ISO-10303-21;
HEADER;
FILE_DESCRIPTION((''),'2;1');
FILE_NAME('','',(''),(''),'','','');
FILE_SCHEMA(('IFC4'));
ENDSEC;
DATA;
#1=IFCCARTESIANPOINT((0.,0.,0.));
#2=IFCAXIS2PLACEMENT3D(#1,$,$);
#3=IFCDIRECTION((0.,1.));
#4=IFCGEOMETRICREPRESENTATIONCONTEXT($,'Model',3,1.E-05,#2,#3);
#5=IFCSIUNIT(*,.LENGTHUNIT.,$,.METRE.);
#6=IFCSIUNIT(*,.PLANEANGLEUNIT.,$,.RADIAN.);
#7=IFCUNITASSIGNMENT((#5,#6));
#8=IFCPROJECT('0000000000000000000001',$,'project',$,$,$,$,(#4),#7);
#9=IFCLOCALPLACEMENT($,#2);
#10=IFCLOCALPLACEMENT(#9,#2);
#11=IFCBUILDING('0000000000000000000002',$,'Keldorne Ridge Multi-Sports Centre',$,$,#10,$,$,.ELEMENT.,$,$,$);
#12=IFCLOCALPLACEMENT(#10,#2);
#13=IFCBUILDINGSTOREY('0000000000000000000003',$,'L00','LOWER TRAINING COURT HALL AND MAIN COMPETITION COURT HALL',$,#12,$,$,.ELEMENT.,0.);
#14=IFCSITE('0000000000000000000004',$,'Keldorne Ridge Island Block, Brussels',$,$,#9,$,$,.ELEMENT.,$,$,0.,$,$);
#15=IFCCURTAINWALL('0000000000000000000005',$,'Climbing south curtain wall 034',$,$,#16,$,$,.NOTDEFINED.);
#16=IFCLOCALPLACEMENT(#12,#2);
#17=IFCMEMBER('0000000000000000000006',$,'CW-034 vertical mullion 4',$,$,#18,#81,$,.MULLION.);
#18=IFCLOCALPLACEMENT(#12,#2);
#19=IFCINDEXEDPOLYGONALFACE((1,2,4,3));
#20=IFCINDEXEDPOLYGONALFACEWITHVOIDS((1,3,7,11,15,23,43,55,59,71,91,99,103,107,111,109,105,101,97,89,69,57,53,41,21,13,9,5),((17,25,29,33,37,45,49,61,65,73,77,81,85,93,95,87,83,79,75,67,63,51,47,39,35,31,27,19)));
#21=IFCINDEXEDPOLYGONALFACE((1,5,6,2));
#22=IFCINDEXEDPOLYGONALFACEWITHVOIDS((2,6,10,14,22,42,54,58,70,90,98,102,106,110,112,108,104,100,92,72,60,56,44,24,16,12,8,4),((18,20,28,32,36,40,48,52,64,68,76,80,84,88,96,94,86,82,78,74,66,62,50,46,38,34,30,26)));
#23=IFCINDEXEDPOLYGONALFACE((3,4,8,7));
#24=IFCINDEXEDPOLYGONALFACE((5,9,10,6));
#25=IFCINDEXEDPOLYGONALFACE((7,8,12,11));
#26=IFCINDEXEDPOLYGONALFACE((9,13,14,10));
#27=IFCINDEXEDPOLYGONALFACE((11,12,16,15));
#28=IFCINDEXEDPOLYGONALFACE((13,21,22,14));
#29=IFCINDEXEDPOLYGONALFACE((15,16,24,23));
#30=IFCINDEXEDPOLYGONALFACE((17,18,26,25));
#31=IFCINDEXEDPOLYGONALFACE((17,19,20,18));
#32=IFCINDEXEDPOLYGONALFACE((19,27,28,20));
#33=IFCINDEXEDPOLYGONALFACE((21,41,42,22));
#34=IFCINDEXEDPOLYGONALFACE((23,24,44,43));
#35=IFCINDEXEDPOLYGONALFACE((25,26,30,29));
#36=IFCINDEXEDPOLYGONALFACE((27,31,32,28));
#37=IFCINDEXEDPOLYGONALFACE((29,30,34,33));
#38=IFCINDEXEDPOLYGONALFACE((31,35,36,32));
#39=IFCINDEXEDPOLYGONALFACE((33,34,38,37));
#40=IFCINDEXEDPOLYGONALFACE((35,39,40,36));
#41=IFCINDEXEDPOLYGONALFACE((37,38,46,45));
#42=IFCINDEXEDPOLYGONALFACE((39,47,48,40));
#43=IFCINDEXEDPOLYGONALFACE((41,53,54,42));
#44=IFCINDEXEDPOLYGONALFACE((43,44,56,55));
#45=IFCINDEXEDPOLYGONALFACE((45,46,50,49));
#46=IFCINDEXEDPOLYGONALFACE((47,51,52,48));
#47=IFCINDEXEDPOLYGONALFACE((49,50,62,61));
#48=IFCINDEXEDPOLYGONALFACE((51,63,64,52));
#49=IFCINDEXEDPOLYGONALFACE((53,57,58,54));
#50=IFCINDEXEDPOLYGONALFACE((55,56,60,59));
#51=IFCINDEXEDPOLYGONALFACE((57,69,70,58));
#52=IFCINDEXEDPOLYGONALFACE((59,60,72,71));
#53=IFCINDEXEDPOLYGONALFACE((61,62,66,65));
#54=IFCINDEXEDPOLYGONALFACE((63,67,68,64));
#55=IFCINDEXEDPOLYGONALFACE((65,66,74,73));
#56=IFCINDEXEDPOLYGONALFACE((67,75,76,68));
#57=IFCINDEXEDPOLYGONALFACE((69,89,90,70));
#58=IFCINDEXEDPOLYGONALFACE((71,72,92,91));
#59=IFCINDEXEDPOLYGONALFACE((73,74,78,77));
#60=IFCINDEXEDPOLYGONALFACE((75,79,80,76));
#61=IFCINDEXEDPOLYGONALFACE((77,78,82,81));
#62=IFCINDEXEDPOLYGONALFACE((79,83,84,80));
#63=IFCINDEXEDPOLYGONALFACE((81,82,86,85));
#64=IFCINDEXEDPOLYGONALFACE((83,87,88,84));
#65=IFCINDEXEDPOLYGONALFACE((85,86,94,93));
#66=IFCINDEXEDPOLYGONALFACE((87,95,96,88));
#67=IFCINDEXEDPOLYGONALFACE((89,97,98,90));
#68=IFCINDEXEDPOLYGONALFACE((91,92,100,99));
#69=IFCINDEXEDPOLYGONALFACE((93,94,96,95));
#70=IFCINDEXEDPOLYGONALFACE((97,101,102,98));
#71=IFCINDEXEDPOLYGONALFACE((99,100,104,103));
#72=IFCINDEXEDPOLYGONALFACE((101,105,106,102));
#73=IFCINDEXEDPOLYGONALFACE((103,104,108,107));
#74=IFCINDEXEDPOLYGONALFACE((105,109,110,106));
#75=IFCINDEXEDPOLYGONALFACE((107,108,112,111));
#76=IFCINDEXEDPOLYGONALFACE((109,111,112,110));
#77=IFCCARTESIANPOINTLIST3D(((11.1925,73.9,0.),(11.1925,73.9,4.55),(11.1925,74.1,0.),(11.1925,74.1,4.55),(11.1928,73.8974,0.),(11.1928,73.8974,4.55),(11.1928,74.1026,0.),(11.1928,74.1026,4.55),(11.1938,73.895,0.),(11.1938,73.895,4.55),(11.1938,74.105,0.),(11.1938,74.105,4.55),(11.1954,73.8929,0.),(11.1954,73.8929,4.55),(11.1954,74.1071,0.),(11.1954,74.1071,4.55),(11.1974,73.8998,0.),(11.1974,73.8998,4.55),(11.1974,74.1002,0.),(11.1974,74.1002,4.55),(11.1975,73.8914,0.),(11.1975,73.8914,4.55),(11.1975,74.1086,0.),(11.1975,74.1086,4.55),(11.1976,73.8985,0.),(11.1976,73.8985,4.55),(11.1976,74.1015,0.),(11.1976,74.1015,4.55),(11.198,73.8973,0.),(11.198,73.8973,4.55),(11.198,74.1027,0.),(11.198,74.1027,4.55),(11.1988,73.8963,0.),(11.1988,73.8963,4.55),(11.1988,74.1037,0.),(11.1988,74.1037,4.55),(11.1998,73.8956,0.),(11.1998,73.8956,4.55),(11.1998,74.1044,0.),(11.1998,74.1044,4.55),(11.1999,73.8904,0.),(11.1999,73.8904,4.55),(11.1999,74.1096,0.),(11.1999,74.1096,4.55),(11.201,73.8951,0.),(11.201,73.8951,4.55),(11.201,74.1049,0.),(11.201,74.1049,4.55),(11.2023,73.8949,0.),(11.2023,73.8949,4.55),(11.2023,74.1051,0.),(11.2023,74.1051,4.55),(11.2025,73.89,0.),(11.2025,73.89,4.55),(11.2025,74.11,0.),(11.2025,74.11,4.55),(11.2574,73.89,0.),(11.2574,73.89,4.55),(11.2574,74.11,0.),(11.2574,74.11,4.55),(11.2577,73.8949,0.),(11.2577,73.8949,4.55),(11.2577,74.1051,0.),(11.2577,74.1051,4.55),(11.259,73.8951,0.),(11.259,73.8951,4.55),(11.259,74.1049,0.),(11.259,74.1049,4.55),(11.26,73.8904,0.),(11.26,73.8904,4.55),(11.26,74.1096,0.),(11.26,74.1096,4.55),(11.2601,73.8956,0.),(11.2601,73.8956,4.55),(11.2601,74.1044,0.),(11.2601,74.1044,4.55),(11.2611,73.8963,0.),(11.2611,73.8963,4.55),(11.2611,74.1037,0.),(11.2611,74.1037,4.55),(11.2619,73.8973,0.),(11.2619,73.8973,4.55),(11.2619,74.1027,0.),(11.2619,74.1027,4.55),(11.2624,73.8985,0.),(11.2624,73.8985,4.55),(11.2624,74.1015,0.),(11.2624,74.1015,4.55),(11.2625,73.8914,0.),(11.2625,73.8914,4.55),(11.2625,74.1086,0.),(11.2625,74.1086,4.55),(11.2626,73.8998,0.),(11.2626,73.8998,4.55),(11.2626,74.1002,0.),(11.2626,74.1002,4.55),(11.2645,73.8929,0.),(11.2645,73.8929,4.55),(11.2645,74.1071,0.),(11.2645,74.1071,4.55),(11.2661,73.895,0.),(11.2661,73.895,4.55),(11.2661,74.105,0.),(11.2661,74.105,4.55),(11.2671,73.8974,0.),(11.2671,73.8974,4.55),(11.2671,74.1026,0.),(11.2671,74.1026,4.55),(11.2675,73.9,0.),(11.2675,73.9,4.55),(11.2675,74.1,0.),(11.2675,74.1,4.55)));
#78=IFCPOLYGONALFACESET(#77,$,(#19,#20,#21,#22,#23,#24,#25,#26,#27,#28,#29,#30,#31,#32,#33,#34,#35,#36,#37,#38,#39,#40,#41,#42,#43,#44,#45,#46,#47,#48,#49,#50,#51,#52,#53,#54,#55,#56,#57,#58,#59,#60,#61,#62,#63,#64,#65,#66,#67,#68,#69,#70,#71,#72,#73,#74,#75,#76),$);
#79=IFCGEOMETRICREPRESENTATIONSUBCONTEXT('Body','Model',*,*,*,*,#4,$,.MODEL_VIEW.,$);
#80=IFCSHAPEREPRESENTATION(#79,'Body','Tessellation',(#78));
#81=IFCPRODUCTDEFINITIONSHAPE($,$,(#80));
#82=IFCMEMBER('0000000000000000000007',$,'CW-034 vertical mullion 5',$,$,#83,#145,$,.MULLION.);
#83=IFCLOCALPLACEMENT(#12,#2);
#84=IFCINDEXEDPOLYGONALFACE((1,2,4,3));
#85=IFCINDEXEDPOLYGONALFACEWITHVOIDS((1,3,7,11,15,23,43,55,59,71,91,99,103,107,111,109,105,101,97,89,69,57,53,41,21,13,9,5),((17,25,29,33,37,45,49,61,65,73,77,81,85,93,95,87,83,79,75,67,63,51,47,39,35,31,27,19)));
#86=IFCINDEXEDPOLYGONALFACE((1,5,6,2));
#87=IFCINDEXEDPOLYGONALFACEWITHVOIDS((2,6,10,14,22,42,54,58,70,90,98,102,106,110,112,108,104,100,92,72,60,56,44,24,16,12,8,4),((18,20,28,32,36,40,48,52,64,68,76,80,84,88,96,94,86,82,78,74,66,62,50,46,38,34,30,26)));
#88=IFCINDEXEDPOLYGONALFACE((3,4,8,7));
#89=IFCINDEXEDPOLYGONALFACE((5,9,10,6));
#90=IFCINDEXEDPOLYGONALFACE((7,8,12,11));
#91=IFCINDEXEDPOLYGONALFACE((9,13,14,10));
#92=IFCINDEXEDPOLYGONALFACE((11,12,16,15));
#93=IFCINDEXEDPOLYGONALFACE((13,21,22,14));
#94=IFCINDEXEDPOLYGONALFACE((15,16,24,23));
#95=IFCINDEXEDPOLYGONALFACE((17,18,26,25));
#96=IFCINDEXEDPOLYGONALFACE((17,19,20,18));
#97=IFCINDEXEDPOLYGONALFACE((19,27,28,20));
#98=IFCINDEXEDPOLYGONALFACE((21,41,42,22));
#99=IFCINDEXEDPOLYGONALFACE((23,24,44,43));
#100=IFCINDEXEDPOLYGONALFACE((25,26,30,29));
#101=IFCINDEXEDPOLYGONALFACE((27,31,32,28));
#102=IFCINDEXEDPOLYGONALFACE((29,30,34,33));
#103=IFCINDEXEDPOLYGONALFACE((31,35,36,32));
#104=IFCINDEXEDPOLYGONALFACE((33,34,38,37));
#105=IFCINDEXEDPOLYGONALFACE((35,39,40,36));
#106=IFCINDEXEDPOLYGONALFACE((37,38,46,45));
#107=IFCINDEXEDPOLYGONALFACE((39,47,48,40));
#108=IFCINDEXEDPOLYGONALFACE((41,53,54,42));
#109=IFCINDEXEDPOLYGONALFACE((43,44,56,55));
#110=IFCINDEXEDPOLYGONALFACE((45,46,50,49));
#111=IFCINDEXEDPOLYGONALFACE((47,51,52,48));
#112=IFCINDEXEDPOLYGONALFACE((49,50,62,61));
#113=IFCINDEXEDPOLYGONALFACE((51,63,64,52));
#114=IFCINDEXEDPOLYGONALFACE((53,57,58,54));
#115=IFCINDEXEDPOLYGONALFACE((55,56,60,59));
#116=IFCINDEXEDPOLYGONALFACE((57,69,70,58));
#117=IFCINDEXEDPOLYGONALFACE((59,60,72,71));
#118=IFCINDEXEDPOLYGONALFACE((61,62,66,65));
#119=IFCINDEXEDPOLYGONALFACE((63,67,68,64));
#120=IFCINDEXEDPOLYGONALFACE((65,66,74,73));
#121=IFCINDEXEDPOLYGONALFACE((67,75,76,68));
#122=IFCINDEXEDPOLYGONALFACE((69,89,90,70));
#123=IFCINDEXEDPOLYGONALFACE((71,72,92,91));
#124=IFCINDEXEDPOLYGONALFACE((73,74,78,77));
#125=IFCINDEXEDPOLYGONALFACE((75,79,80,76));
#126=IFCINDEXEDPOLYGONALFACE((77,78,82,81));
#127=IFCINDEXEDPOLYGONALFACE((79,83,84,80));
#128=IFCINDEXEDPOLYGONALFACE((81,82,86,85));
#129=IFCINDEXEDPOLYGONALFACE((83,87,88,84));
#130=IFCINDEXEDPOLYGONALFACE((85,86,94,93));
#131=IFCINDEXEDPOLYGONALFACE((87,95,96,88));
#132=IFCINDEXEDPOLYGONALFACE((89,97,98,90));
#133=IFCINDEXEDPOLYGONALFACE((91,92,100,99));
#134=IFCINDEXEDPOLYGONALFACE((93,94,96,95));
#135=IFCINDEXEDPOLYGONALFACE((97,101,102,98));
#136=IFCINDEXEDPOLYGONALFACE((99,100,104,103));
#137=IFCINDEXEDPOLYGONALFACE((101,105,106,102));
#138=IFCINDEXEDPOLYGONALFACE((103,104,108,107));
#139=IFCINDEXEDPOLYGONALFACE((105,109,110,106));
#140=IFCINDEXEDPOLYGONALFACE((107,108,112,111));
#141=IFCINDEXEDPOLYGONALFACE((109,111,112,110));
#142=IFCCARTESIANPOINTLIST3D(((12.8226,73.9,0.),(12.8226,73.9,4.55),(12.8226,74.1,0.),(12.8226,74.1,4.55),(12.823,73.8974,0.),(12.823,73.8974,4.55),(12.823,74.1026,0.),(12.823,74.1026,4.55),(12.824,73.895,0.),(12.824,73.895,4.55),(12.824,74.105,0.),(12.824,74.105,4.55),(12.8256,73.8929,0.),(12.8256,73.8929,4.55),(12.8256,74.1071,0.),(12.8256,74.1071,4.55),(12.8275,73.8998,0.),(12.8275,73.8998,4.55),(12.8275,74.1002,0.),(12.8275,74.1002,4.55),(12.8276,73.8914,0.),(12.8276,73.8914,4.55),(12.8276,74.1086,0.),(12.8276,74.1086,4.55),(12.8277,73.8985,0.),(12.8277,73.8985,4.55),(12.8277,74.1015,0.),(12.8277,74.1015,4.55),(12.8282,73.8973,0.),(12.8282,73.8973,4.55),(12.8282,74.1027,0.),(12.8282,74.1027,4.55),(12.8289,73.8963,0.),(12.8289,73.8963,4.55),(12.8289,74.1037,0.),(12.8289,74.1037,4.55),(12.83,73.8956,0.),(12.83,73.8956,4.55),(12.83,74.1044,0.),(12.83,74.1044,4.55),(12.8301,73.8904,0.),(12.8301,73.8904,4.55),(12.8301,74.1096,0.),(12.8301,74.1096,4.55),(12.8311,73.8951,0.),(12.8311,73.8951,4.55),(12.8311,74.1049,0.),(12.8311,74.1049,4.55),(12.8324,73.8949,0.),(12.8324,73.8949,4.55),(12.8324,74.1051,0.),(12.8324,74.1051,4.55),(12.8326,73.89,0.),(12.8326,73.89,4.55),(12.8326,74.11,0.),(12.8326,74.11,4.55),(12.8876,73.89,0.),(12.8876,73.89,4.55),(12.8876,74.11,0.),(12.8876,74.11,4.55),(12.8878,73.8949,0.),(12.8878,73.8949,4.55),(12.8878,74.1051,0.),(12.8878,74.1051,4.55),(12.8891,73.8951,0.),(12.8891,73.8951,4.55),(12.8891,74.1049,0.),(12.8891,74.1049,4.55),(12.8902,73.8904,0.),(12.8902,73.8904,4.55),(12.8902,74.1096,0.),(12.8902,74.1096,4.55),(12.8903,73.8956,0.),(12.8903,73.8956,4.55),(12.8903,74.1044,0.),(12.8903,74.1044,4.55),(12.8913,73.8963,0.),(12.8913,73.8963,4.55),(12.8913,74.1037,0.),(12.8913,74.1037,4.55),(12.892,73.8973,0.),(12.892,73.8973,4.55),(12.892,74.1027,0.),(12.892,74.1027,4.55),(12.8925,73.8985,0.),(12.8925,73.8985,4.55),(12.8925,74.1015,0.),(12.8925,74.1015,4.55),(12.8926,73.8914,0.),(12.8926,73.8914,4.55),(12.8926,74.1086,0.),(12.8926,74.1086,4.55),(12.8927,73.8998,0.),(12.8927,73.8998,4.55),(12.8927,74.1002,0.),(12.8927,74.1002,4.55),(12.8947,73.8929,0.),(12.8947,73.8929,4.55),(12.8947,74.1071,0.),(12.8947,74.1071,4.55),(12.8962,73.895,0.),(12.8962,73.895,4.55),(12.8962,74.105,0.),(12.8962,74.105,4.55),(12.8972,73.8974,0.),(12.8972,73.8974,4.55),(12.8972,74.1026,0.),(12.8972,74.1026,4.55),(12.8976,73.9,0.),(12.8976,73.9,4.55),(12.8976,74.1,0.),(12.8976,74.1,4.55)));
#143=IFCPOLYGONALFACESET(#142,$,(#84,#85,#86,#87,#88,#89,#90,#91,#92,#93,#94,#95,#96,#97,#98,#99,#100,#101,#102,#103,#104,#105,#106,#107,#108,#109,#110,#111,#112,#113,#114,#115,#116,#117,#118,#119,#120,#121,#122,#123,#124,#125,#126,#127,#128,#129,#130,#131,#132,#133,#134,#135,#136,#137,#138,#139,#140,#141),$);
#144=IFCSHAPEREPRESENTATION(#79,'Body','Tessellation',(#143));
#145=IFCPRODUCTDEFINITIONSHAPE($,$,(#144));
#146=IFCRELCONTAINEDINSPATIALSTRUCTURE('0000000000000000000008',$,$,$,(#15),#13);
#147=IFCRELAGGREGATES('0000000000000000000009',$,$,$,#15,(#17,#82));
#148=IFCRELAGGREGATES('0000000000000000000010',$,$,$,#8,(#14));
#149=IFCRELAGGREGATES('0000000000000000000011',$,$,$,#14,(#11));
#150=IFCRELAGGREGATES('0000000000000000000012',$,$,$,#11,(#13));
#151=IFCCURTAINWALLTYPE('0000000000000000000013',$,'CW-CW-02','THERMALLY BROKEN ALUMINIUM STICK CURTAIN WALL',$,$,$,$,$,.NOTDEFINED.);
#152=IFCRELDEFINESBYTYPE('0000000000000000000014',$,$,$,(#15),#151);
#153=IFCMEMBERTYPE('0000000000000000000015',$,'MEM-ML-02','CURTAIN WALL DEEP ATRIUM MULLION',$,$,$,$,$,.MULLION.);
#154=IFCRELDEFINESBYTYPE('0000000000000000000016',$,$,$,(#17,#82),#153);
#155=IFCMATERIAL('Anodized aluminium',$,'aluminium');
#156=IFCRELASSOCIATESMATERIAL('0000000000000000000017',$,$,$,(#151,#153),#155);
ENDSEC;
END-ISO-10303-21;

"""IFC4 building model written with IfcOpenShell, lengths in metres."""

from ifc_helpers import new_model, si_unit, direction, frame, origin, origin_2d, place, context, subcontext, project, spatial, hollow_rectangle, extrude, material, material_profile, profile_set, type_object, element, aggregate, save


model = new_model("IFC4")

# Units and contexts
model_context = context("Model", 3, precision=1e-05, world=origin(), true_north=direction((0.0, 1.0)))
body_context = subcontext(model_context, "Body", "Model", "MODEL_VIEW")
ifc_project = project(units=[si_unit("LENGTHUNIT", "METRE"), si_unit("PLANEANGLEUNIT", "RADIAN")], contexts=[model_context])

# Site, building, storey
site_placement = place(None, origin())
site = spatial("IfcSite", under=ifc_project, at=site_placement, Name="Keldorne Ridge Island Block, Brussels", CompositionType="ELEMENT", RefElevation=0.0)
building_placement = place(site_placement, origin())
building = spatial("IfcBuilding", under=site, at=building_placement, Name="Keldorne Ridge Multi-Sports Centre", CompositionType="ELEMENT")
storey_placement = place(building_placement, origin())
storey = spatial("IfcBuildingStorey", under=building, at=storey_placement, Name="L00", Description="LOWER TRAINING COURT HALL AND MAIN COMPETITION COURT HALL", CompositionType="ELEMENT", Elevation=0.0)

# Curtain wall, members
ifc_material_1 = material(Name="Anodized aluminium", Category="aluminium")
curtain_wall_type = type_object("IfcCurtainWallType", Name="CW-CW-02", Description="THERMALLY BROKEN ALUMINIUM STICK CURTAIN WALL", PredefinedType="NOTDEFINED", material=ifc_material_1)
curtain_wall_placement = place(storey_placement, origin())
curtain_wall = element("IfcCurtainWall", 1, at=curtain_wall_placement, inside=storey, type_object=curtain_wall_type, Name="Climbing south curtain wall 034", PredefinedType="NOTDEFINED")
ifc_material_profile_1 = material_profile(ifc_material_1, hollow_rectangle(XDim=0.075, YDim=0.22, WallThickness=0.0049, InnerFilletRadius=0.0049, OuterFilletRadius=0.01, at=origin_2d()), Name="ALU MULLION 220x75x5")
ifc_profile_set_1 = profile_set([ifc_material_profile_1], Name="Anodized aluminium")
member_type_1 = type_object("IfcMemberType", Name="MEM-ML-02", Description="CURTAIN WALL DEEP ATRIUM MULLION", PredefinedType="MULLION", material=ifc_profile_set_1)
member_1_placement = place(storey_placement, frame((11.23, 74.0, 0.0), z_axis=(0.0, 0.0, 1.0), x_axis=(1.0, 0.0, 0.0)))
member_1 = element("IfcMember", 2, at=member_1_placement, type_object=member_type_1, Name="CW-034 vertical mullion 4", PredefinedType="MULLION", context=body_context, shape_type="SweptSolid", body=[
    extrude(hollow_rectangle(XDim=0.075, YDim=0.22, WallThickness=0.0049, InnerFilletRadius=0.0049, OuterFilletRadius=0.01, at=origin_2d()), origin(), (0.0, 0.0, 1.0), 4.55),
])
member_2_placement = place(storey_placement, frame((12.8601, 74.0, 0.0), z_axis=(0.0, 0.0, 1.0), x_axis=(1.0, 0.0, 0.0)))
member_2 = element("IfcMember", 3, at=member_2_placement, type_object=member_type_1, Name="CW-034 vertical mullion 5", PredefinedType="MULLION", context=body_context, shape_type="SweptSolid", body=[
    extrude(hollow_rectangle(XDim=0.075, YDim=0.22, WallThickness=0.0049, InnerFilletRadius=0.0049, OuterFilletRadius=0.01, at=origin_2d()), origin(), (0.0, 0.0, 1.0), 4.55),
])
aggregate(curtain_wall, [member_1, member_2])

save(model, "model.ifc")
